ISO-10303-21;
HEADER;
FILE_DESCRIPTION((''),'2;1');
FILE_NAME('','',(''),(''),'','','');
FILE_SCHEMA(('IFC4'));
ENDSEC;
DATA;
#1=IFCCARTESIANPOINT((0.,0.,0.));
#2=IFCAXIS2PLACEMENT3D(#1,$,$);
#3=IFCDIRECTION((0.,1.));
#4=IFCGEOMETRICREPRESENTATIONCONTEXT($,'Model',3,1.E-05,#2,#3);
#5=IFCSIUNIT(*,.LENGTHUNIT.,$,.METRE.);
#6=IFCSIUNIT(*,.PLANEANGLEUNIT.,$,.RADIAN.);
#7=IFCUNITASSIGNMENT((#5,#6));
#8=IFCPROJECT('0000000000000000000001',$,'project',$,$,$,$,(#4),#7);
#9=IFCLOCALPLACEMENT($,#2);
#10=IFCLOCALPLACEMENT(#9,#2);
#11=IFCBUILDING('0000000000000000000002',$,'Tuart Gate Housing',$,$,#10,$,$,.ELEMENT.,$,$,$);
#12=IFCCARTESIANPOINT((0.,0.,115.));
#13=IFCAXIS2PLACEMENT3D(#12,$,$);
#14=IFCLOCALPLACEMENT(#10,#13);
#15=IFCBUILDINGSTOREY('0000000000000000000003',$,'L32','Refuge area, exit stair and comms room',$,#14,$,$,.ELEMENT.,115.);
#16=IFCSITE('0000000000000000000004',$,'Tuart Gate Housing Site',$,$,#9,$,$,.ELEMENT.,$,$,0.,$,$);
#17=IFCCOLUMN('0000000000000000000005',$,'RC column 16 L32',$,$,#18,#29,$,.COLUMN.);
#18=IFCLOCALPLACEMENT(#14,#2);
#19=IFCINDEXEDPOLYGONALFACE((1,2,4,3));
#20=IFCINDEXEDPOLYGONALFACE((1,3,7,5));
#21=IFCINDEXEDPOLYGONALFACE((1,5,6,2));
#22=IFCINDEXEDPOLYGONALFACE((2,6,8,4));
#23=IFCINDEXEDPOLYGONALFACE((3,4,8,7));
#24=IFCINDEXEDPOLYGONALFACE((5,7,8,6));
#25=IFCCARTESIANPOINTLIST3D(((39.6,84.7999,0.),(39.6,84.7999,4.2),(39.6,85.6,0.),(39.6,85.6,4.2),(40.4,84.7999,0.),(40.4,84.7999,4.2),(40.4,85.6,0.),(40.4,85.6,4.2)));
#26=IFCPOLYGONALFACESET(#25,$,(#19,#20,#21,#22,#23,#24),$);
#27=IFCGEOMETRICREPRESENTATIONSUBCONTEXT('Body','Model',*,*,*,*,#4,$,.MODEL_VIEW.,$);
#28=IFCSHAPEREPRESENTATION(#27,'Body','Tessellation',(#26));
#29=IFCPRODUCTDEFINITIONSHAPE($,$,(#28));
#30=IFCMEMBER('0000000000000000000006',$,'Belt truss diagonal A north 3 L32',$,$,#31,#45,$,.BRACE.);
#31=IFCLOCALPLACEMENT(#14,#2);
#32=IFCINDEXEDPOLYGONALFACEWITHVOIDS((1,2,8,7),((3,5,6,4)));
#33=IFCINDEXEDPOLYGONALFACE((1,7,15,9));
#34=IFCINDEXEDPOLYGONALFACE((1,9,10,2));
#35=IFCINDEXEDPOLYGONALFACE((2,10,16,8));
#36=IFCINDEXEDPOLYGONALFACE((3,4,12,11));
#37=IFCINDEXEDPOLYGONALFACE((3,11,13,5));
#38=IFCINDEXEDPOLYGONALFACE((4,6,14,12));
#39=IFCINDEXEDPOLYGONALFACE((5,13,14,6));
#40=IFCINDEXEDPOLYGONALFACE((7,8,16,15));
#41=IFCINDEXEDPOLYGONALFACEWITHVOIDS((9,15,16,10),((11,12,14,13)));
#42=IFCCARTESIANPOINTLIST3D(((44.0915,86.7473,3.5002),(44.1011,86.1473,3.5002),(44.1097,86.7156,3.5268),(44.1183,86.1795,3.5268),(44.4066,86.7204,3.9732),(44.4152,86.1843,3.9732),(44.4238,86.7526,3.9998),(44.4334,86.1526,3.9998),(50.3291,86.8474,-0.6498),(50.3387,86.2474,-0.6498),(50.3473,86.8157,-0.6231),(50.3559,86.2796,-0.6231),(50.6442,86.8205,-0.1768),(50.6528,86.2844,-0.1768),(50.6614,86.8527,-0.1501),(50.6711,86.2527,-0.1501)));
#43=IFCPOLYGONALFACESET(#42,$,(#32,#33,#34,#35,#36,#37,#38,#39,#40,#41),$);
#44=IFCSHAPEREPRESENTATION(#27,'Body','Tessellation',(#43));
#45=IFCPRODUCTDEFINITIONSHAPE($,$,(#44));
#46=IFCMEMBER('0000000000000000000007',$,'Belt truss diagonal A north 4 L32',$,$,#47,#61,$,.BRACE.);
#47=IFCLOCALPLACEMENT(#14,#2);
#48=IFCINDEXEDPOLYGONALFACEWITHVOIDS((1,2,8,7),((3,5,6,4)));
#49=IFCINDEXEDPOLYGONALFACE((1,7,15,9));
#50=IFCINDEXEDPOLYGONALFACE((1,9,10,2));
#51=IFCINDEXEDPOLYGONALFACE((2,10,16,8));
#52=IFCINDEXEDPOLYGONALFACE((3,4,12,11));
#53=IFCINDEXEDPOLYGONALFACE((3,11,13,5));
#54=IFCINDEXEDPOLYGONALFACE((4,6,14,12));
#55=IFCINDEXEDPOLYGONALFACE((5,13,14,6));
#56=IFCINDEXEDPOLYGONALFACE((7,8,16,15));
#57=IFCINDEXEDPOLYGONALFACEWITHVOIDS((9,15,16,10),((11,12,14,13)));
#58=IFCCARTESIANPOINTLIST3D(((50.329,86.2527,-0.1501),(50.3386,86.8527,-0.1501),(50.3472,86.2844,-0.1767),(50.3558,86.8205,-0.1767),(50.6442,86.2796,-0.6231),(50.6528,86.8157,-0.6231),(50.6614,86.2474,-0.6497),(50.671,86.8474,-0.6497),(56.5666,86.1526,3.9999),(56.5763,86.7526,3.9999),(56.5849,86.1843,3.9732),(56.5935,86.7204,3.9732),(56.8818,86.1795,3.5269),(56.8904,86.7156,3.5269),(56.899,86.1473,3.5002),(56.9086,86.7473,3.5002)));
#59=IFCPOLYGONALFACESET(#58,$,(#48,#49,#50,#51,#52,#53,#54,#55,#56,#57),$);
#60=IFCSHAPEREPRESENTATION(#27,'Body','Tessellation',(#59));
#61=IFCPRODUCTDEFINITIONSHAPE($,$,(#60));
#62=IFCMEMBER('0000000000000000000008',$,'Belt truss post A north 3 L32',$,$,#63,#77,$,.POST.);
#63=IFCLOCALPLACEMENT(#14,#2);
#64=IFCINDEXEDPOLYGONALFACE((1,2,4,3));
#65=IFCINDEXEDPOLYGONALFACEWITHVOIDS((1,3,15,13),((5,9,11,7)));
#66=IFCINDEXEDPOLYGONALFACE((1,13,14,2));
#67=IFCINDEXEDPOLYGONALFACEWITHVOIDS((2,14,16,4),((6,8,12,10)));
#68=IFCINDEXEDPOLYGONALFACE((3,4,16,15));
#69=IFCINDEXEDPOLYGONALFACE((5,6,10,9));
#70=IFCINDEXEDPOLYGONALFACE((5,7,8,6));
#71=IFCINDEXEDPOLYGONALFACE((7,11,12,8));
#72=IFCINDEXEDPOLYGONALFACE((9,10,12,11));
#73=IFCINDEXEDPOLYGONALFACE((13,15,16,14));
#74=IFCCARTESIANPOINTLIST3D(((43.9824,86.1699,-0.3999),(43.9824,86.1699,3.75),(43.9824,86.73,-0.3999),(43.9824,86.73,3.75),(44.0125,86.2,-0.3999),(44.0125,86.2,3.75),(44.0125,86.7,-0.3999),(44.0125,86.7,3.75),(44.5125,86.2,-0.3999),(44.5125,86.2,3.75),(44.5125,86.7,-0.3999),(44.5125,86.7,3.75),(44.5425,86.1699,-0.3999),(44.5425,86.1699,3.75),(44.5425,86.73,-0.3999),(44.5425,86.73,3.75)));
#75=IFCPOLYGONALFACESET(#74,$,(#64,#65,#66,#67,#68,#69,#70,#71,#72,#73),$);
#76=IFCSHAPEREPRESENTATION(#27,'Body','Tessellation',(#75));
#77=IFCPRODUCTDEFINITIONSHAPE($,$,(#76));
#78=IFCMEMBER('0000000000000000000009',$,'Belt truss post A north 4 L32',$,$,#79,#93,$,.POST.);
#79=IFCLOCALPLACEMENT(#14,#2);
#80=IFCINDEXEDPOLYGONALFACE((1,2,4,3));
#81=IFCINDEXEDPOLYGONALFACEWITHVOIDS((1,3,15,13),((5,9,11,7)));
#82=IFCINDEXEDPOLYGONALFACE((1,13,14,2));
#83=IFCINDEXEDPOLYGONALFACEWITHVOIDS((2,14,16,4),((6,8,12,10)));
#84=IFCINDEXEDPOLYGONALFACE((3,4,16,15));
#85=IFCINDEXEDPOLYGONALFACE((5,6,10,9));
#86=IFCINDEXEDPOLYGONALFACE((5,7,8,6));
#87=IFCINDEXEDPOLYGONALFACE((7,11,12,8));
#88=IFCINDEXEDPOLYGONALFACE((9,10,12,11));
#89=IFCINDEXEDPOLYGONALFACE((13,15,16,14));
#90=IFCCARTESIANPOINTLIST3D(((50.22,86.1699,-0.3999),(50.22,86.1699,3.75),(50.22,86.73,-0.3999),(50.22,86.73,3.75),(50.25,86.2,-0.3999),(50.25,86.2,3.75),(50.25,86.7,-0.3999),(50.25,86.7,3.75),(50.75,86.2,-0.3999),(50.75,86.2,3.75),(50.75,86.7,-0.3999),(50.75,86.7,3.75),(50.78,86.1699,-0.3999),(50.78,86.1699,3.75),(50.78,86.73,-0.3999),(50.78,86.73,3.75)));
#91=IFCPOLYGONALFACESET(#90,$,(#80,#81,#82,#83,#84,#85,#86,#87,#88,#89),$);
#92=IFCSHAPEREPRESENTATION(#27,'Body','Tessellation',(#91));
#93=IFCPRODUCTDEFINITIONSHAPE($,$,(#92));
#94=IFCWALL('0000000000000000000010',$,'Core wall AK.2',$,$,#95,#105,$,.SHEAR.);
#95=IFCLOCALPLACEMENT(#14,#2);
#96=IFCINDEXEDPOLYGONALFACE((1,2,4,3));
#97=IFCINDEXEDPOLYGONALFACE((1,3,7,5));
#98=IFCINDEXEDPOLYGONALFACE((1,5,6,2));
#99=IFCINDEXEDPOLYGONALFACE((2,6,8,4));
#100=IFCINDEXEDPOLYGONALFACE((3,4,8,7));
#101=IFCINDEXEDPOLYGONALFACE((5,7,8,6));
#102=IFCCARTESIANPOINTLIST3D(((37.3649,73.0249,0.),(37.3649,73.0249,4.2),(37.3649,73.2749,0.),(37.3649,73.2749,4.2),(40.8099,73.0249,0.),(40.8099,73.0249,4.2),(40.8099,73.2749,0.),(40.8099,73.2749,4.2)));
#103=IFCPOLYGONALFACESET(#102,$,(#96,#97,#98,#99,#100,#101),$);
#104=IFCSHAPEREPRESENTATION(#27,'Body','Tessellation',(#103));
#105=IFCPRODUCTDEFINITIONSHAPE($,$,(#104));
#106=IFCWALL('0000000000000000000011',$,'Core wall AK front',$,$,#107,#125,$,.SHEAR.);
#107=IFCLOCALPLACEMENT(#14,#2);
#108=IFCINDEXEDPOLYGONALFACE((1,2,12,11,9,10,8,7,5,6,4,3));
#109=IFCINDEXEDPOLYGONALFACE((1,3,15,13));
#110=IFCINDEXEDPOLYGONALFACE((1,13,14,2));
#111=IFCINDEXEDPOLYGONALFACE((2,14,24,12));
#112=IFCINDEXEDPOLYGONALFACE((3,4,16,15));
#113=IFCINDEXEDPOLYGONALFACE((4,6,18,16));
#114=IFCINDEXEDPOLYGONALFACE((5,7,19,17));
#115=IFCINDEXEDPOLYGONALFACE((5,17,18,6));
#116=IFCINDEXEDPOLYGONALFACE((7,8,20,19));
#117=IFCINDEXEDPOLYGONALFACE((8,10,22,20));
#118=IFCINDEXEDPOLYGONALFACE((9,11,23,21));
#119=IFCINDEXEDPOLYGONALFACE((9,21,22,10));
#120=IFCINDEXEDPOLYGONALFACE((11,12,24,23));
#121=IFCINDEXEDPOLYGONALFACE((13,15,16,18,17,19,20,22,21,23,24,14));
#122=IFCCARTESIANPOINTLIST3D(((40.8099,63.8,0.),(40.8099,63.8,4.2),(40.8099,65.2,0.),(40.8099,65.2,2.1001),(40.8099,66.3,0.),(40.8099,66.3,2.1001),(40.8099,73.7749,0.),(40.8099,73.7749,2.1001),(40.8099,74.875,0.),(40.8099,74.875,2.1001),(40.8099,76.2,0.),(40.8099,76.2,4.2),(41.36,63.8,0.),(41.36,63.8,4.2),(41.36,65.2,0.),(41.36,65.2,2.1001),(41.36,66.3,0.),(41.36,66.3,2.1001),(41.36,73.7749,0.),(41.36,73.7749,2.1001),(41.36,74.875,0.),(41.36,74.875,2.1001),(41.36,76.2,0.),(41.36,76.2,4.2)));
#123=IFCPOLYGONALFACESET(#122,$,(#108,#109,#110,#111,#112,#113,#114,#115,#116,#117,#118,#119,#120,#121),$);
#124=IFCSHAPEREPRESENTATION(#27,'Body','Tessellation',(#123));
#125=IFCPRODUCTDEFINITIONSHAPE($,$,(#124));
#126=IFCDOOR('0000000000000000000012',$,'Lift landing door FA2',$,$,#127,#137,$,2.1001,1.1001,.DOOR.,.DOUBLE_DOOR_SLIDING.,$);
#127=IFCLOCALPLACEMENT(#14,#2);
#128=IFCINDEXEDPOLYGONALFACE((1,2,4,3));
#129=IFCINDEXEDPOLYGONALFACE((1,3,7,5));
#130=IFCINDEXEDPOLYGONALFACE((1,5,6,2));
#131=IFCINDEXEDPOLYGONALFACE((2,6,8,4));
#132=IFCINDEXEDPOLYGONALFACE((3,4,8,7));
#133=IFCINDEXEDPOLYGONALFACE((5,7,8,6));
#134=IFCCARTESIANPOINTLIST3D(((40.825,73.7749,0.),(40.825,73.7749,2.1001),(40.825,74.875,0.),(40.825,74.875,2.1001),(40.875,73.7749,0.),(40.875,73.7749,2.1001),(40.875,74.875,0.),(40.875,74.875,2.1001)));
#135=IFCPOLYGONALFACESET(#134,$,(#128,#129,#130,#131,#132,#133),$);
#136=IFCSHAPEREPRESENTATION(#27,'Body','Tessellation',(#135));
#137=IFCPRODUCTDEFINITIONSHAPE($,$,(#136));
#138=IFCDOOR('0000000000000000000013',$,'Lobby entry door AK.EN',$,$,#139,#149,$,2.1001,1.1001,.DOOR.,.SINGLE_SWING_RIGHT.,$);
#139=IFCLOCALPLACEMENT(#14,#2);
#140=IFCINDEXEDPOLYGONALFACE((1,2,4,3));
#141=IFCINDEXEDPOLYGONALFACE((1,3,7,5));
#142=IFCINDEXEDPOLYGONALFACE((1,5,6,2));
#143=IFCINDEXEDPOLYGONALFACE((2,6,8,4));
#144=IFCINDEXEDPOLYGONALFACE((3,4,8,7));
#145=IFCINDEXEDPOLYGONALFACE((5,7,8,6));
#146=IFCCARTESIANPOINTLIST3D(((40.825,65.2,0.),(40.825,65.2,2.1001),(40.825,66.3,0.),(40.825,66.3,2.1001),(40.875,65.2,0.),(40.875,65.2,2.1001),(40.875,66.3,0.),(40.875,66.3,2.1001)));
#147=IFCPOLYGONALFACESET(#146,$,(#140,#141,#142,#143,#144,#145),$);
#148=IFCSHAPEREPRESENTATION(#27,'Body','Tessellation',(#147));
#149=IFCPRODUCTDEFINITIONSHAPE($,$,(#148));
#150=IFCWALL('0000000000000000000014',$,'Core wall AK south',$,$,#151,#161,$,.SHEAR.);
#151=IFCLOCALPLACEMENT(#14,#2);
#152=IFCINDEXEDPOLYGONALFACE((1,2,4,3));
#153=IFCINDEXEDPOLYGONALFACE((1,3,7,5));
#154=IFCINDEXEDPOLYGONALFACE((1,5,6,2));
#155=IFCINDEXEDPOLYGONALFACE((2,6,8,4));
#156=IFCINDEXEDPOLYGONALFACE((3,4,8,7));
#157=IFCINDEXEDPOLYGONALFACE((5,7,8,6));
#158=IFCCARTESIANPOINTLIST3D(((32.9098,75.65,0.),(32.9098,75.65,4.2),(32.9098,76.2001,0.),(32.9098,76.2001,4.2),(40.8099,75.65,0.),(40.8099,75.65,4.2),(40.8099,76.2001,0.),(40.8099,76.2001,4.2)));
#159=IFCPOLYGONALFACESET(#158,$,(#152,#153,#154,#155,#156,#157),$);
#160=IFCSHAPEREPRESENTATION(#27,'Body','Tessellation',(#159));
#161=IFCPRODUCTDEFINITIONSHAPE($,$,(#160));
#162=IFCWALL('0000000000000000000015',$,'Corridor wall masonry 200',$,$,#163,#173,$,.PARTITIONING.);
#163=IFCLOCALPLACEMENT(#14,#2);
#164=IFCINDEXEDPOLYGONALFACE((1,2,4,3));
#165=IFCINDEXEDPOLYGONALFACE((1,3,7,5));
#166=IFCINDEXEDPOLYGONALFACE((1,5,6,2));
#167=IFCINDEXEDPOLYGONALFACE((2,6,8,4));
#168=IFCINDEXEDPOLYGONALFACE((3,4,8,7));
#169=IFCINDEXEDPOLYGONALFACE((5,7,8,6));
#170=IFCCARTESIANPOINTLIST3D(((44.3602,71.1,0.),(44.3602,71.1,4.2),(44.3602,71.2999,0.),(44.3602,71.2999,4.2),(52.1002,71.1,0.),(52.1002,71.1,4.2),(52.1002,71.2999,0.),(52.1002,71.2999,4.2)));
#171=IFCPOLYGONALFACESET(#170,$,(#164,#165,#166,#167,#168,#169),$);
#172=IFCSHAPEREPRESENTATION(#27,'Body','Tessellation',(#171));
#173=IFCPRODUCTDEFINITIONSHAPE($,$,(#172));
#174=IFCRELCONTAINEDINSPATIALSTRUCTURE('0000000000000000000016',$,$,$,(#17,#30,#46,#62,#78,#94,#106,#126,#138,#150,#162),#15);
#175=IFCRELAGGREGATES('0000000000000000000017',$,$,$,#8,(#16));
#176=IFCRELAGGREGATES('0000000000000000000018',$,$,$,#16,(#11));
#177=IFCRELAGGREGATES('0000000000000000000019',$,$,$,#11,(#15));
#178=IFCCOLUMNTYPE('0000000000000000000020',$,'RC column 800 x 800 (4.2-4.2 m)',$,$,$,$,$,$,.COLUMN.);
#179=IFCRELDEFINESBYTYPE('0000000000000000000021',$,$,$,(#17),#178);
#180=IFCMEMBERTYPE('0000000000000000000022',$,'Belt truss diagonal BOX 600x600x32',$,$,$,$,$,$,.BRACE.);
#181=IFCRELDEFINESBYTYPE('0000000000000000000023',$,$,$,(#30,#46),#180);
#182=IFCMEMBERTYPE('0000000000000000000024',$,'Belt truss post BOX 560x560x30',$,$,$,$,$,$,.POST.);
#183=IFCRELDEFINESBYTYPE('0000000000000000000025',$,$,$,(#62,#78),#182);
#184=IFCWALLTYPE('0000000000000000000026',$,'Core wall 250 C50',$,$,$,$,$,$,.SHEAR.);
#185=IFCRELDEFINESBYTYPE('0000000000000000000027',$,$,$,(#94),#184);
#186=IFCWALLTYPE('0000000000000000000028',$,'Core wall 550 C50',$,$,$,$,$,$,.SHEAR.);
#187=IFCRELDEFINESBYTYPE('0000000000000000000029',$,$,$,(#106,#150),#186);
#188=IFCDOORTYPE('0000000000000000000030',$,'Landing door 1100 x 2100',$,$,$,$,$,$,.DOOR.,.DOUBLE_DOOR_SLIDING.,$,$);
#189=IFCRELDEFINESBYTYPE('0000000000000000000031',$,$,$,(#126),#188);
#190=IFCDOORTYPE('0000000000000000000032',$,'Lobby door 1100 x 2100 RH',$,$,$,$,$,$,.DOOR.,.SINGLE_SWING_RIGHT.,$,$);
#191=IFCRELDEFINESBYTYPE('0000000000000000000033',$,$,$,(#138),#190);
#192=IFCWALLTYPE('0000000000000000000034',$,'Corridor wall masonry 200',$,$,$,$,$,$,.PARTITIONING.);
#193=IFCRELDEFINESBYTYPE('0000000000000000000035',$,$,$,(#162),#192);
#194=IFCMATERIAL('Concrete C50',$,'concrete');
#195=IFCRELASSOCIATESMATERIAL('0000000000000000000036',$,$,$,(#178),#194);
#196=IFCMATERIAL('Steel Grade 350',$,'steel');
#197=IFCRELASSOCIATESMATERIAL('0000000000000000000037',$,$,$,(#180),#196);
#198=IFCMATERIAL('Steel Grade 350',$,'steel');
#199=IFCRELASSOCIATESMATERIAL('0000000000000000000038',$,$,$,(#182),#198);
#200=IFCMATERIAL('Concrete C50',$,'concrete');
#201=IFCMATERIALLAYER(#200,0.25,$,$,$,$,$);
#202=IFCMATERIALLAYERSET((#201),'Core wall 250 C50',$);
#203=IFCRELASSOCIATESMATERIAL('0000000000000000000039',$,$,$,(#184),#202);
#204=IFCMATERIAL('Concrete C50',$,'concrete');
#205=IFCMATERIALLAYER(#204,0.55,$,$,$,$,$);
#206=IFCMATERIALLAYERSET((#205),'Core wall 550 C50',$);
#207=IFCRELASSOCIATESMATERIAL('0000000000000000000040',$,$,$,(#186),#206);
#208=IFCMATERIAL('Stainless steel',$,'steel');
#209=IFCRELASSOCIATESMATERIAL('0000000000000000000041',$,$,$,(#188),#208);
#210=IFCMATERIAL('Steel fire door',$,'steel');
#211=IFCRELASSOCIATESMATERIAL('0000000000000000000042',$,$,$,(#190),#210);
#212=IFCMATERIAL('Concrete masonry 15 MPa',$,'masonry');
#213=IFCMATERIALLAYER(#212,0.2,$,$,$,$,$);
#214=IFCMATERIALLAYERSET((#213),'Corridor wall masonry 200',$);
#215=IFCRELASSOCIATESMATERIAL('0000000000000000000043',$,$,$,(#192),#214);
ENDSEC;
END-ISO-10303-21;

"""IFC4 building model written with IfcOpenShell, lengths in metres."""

from ifc_helpers import new_model, si_unit, direction, frame, frame_2d, origin, origin_2d, place, context, subcontext, project, spatial, rectangle, hollow_rectangle, extrude, material, layer, layer_set, material_profile, profile_set, type_object, element, fill, save


model = new_model("IFC4")

# Units and contexts
model_context = context("Model", 3, precision=1e-05, world=origin(), true_north=direction((0.0, 1.0)))
body_context = subcontext(model_context, "Body", "Model", "MODEL_VIEW")
ifc_project = project(units=[si_unit("LENGTHUNIT", "METRE"), si_unit("PLANEANGLEUNIT", "RADIAN")], contexts=[model_context])

# Site, building, storey
site_placement = place(None, origin())
site = spatial("IfcSite", under=ifc_project, at=site_placement, Name="Tuart Gate Housing Site", CompositionType="ELEMENT", RefElevation=0.0)
building_placement = place(site_placement, origin())
building = spatial("IfcBuilding", under=site, at=building_placement, Name="Tuart Gate Housing", CompositionType="ELEMENT")
storey_placement = place(building_placement, frame((0.0, 0.0, 115.0)))
storey = spatial("IfcBuildingStorey", under=building, at=storey_placement, Name="L32", Description="Refuge area, exit stair and comms room", CompositionType="ELEMENT", Elevation=115.0)

# Column
ifc_material_1 = material(Name="Concrete C50", Category="concrete")
ifc_material_profile_1 = material_profile(ifc_material_1, rectangle(XDim=0.8, YDim=0.8, at=origin_2d()), Name="RC column 800 x 800 (4.2-4.2 m)")
ifc_profile_set_1 = profile_set([ifc_material_profile_1], Name="Concrete C50")
column_type = type_object("IfcColumnType", Name="RC column 800 x 800 (4.2-4.2 m)", PredefinedType="COLUMN", material=ifc_profile_set_1)
column_placement = place(storey_placement, frame((40.0, 85.2, 0.0), z_axis=(0.0, 0.0, 1.0), x_axis=(1.0, 0.0, 0.0)))
element("IfcColumn", 1, at=column_placement, inside=storey, type_object=column_type, Name="RC column 16 L32", PredefinedType="COLUMN", context=body_context, shape_type="SweptSolid", body=[
    extrude(rectangle(XDim=0.8, YDim=0.8, at=origin_2d()), origin(), (0.0, 0.0, 1.0), 4.2),
])

# Members
ifc_material_2 = material(Name="Steel Grade 350", Category="steel")
ifc_material_profile_2 = material_profile(ifc_material_2, hollow_rectangle(XDim=0.6001, YDim=0.6001, WallThickness=0.032, at=origin_2d()), Name="BOX 600x600x32")
ifc_profile_set_2 = profile_set([ifc_material_profile_2], Name="Steel Grade 350")
member_type_1 = type_object("IfcMemberType", Name="Belt truss diagonal BOX 600x600x32", PredefinedType="BRACE", material=ifc_profile_set_2)
for number, where, z_axis, x_axis, name in (
    (2, (44.2625, 86.45, 3.75), (0.832497, 0.01336, -0.553868), (-0.016046, 0.999871, 0.0), "Belt truss diagonal A north 3 L32"),
    (3, (50.5, 86.55, -0.3999), (0.832497, -0.01336, 0.553868), (0.016046, 0.999871, 0.0), "Belt truss diagonal A north 4 L32"),
):
    element("IfcMember", number, at=place(storey_placement, frame(where, z_axis=z_axis, x_axis=x_axis)), inside=storey, type_object=member_type_1, Name=name, PredefinedType="BRACE", context=body_context, shape_type="SweptSolid", body=[
        extrude(hollow_rectangle(XDim=0.6001, YDim=0.6001, WallThickness=0.032, at=origin_2d()), origin(), (0.0, 0.0, 1.0), 7.4927),
    ])
ifc_material_3 = material(Name="Steel Grade 350", Category="steel")
ifc_material_profile_3 = material_profile(ifc_material_3, hollow_rectangle(XDim=0.5601, YDim=0.5601, WallThickness=0.03, at=origin_2d()), Name="BOX 560x560x30")
ifc_profile_set_3 = profile_set([ifc_material_profile_3], Name="Steel Grade 350")
member_type_2 = type_object("IfcMemberType", Name="Belt truss post BOX 560x560x30", PredefinedType="POST", material=ifc_profile_set_3)
for number, where, z_axis, x_axis, name in (
    (4, (44.2625, 86.45, -0.3999), (0.0, 0.0, 1.0), (1.0, 0.0, 0.0), "Belt truss post A north 3 L32"),
    (5, (50.5, 86.45, -0.3999), (0.0, 0.0, 1.0), (1.0, 0.0, 0.0), "Belt truss post A north 4 L32"),
):
    element("IfcMember", number, at=place(storey_placement, frame(where, z_axis=z_axis, x_axis=x_axis)), inside=storey, type_object=member_type_2, Name=name, PredefinedType="POST", context=body_context, shape_type="SweptSolid", body=[
        extrude(hollow_rectangle(XDim=0.5601, YDim=0.5601, WallThickness=0.03, at=origin_2d()), origin(), (0.0, 0.0, 1.0), 4.1499),
    ])

# Wall
ifc_material_4 = material(Name="Concrete C50", Category="concrete")
ifc_layer_1 = layer(ifc_material_4, 0.25)
ifc_layer_set_1 = layer_set([ifc_layer_1], Name="Core wall 250 C50")
wall_type_1 = type_object("IfcWallType", Name="Core wall 250 C50", PredefinedType="SHEAR", material=ifc_layer_set_1)
wall_1_placement = place(storey_placement, frame((40.8101, 73.1499, 0.0), z_axis=(0.0, 0.0, 1.0), x_axis=(-1.0, 0.0, 0.0)))
element("IfcWall", 6, at=wall_1_placement, inside=storey, type_object=wall_type_1, Name="Core wall AK.2", PredefinedType="SHEAR", context=body_context, shape_type="SweptSolid", body=[
    extrude(rectangle(XDim=3.4451, YDim=0.25, at=frame_2d((1.7227, 0.0))), origin(), (0.0, 0.0, 1.0), 4.2),
])

# Wall, openings, doors
ifc_material_5 = material(Name="Concrete C50", Category="concrete")
ifc_layer_2 = layer(ifc_material_5, 0.55)
ifc_layer_set_2 = layer_set([ifc_layer_2], Name="Core wall 550 C50")
wall_type_2 = type_object("IfcWallType", Name="Core wall 550 C50", PredefinedType="SHEAR", material=ifc_layer_set_2)
wall_2_placement = place(storey_placement, frame((41.085, 76.2, 0.0), z_axis=(0.0, 0.0, 1.0), x_axis=(0.0, -1.0, 0.0)))
wall_2 = element("IfcWall", 7, at=wall_2_placement, inside=storey, type_object=wall_type_2, Name="Core wall AK front", PredefinedType="SHEAR", context=body_context, shape_type="SweptSolid", body=[
    extrude(rectangle(XDim=12.3999, YDim=0.55, at=frame_2d((6.2, 0.0))), origin(), (0.0, 0.0, 1.0), 4.2),
])
opening_1_placement = place(wall_2_placement, frame((1.325, 0.0, 0.0)))
opening_1 = element("IfcOpeningElement", 8, at=opening_1_placement, cuts=wall_2, PredefinedType="OPENING", context=body_context, shape_type="SweptSolid", body=[
    extrude(rectangle(XDim=1.1001, YDim=2.1001, at=frame_2d((0.55, 1.05))), frame((0.0, 0.2849, 0.0), z_axis=(0.0, -1.0, 0.0), x_axis=(1.0, 0.0, 0.0)), (0.0, 0.0, 1.0), 0.5701),
])
opening_2_placement = place(wall_2_placement, frame((9.8999, 0.0, 0.0)))
opening_2 = element("IfcOpeningElement", 9, at=opening_2_placement, cuts=wall_2, PredefinedType="OPENING", context=body_context, shape_type="SweptSolid", body=[
    extrude(rectangle(XDim=1.1001, YDim=2.1001, at=frame_2d((0.55, 1.05))), frame((0.0, 0.2849, 0.0), z_axis=(0.0, -1.0, 0.0), x_axis=(1.0, 0.0, 0.0)), (0.0, 0.0, 1.0), 0.5701),
])
ifc_material_6 = material(Name="Stainless steel", Category="steel")
door_type_1 = type_object("IfcDoorType", Name="Landing door 1100 x 2100", OperationType="DOUBLE_DOOR_SLIDING", PredefinedType="DOOR", material=ifc_material_6)
door_1_placement = place(opening_1_placement, origin())
door_1 = element("IfcDoor", 10, at=door_1_placement, inside=storey, type_object=door_type_1, Name="Lift landing door FA2", OperationType="DOUBLE_DOOR_SLIDING", OverallHeight=2.1001, OverallWidth=1.1001, PredefinedType="DOOR", context=body_context, shape_type="SweptSolid", body=[
    extrude(rectangle(XDim=1.1001, YDim=2.1001, at=frame_2d((0.55, 1.05))), frame((0.0, -0.21, 0.0), z_axis=(0.0, -1.0, 0.0), x_axis=(1.0, 0.0, 0.0)), (0.0, 0.0, 1.0), 0.05),
])
fill(opening_1, door_1)
ifc_material_7 = material(Name="Steel fire door", Category="steel")
door_type_2 = type_object("IfcDoorType", Name="Lobby door 1100 x 2100 RH", OperationType="SINGLE_SWING_RIGHT", PredefinedType="DOOR", material=ifc_material_7)
door_2_placement = place(opening_2_placement, frame((1.1001, 0.0, 0.0), z_axis=(0.0, 0.0, 1.0), x_axis=(-1.0, 0.0, 0.0)))
door_2 = element("IfcDoor", 11, at=door_2_placement, inside=storey, type_object=door_type_2, Name="Lobby entry door AK.EN", OperationType="SINGLE_SWING_RIGHT", OverallHeight=2.1001, OverallWidth=1.1001, PredefinedType="DOOR", context=body_context, shape_type="SweptSolid", body=[
    extrude(rectangle(XDim=1.1001, YDim=2.1001, at=frame_2d((0.55, 1.05))), frame((0.0, 0.26, 0.0), z_axis=(0.0, -1.0, 0.0), x_axis=(1.0, 0.0, 0.0)), (0.0, 0.0, 1.0), 0.05),
])
fill(opening_2, door_2)

# Walls
wall_3_placement = place(storey_placement, frame((40.8101, 75.925, 0.0), z_axis=(0.0, 0.0, 1.0), x_axis=(-1.0, 0.0, 0.0)))
element("IfcWall", 12, at=wall_3_placement, inside=storey, type_object=wall_type_2, Name="Core wall AK south", PredefinedType="SHEAR", context=body_context, shape_type="SweptSolid", body=[
    extrude(rectangle(XDim=7.9001, YDim=0.55, at=frame_2d((3.9502, 0.0))), origin(), (0.0, 0.0, 1.0), 4.2),
])
ifc_material_8 = material(Name="Concrete masonry 15 MPa", Category="masonry")
ifc_layer_3 = layer(ifc_material_8, 0.2)
ifc_layer_set_3 = layer_set([ifc_layer_3], Name="Corridor wall masonry 200")
wall_type_3 = type_object("IfcWallType", Name="Corridor wall masonry 200", PredefinedType="PARTITIONING", material=ifc_layer_set_3)
wall_4_placement = place(storey_placement, frame((44.3601, 71.2, 0.0), z_axis=(0.0, 0.0, 1.0), x_axis=(1.0, 0.0, 0.0)))
element("IfcWall", 13, at=wall_4_placement, inside=storey, type_object=wall_type_3, Name="Corridor wall masonry 200", PredefinedType="PARTITIONING", context=body_context, shape_type="SweptSolid", body=[
    extrude(rectangle(XDim=7.74, YDim=0.2, at=frame_2d((3.8701, 0.0))), origin(), (0.0, 0.0, 1.0), 4.2),
])

save(model, "model.ifc")
